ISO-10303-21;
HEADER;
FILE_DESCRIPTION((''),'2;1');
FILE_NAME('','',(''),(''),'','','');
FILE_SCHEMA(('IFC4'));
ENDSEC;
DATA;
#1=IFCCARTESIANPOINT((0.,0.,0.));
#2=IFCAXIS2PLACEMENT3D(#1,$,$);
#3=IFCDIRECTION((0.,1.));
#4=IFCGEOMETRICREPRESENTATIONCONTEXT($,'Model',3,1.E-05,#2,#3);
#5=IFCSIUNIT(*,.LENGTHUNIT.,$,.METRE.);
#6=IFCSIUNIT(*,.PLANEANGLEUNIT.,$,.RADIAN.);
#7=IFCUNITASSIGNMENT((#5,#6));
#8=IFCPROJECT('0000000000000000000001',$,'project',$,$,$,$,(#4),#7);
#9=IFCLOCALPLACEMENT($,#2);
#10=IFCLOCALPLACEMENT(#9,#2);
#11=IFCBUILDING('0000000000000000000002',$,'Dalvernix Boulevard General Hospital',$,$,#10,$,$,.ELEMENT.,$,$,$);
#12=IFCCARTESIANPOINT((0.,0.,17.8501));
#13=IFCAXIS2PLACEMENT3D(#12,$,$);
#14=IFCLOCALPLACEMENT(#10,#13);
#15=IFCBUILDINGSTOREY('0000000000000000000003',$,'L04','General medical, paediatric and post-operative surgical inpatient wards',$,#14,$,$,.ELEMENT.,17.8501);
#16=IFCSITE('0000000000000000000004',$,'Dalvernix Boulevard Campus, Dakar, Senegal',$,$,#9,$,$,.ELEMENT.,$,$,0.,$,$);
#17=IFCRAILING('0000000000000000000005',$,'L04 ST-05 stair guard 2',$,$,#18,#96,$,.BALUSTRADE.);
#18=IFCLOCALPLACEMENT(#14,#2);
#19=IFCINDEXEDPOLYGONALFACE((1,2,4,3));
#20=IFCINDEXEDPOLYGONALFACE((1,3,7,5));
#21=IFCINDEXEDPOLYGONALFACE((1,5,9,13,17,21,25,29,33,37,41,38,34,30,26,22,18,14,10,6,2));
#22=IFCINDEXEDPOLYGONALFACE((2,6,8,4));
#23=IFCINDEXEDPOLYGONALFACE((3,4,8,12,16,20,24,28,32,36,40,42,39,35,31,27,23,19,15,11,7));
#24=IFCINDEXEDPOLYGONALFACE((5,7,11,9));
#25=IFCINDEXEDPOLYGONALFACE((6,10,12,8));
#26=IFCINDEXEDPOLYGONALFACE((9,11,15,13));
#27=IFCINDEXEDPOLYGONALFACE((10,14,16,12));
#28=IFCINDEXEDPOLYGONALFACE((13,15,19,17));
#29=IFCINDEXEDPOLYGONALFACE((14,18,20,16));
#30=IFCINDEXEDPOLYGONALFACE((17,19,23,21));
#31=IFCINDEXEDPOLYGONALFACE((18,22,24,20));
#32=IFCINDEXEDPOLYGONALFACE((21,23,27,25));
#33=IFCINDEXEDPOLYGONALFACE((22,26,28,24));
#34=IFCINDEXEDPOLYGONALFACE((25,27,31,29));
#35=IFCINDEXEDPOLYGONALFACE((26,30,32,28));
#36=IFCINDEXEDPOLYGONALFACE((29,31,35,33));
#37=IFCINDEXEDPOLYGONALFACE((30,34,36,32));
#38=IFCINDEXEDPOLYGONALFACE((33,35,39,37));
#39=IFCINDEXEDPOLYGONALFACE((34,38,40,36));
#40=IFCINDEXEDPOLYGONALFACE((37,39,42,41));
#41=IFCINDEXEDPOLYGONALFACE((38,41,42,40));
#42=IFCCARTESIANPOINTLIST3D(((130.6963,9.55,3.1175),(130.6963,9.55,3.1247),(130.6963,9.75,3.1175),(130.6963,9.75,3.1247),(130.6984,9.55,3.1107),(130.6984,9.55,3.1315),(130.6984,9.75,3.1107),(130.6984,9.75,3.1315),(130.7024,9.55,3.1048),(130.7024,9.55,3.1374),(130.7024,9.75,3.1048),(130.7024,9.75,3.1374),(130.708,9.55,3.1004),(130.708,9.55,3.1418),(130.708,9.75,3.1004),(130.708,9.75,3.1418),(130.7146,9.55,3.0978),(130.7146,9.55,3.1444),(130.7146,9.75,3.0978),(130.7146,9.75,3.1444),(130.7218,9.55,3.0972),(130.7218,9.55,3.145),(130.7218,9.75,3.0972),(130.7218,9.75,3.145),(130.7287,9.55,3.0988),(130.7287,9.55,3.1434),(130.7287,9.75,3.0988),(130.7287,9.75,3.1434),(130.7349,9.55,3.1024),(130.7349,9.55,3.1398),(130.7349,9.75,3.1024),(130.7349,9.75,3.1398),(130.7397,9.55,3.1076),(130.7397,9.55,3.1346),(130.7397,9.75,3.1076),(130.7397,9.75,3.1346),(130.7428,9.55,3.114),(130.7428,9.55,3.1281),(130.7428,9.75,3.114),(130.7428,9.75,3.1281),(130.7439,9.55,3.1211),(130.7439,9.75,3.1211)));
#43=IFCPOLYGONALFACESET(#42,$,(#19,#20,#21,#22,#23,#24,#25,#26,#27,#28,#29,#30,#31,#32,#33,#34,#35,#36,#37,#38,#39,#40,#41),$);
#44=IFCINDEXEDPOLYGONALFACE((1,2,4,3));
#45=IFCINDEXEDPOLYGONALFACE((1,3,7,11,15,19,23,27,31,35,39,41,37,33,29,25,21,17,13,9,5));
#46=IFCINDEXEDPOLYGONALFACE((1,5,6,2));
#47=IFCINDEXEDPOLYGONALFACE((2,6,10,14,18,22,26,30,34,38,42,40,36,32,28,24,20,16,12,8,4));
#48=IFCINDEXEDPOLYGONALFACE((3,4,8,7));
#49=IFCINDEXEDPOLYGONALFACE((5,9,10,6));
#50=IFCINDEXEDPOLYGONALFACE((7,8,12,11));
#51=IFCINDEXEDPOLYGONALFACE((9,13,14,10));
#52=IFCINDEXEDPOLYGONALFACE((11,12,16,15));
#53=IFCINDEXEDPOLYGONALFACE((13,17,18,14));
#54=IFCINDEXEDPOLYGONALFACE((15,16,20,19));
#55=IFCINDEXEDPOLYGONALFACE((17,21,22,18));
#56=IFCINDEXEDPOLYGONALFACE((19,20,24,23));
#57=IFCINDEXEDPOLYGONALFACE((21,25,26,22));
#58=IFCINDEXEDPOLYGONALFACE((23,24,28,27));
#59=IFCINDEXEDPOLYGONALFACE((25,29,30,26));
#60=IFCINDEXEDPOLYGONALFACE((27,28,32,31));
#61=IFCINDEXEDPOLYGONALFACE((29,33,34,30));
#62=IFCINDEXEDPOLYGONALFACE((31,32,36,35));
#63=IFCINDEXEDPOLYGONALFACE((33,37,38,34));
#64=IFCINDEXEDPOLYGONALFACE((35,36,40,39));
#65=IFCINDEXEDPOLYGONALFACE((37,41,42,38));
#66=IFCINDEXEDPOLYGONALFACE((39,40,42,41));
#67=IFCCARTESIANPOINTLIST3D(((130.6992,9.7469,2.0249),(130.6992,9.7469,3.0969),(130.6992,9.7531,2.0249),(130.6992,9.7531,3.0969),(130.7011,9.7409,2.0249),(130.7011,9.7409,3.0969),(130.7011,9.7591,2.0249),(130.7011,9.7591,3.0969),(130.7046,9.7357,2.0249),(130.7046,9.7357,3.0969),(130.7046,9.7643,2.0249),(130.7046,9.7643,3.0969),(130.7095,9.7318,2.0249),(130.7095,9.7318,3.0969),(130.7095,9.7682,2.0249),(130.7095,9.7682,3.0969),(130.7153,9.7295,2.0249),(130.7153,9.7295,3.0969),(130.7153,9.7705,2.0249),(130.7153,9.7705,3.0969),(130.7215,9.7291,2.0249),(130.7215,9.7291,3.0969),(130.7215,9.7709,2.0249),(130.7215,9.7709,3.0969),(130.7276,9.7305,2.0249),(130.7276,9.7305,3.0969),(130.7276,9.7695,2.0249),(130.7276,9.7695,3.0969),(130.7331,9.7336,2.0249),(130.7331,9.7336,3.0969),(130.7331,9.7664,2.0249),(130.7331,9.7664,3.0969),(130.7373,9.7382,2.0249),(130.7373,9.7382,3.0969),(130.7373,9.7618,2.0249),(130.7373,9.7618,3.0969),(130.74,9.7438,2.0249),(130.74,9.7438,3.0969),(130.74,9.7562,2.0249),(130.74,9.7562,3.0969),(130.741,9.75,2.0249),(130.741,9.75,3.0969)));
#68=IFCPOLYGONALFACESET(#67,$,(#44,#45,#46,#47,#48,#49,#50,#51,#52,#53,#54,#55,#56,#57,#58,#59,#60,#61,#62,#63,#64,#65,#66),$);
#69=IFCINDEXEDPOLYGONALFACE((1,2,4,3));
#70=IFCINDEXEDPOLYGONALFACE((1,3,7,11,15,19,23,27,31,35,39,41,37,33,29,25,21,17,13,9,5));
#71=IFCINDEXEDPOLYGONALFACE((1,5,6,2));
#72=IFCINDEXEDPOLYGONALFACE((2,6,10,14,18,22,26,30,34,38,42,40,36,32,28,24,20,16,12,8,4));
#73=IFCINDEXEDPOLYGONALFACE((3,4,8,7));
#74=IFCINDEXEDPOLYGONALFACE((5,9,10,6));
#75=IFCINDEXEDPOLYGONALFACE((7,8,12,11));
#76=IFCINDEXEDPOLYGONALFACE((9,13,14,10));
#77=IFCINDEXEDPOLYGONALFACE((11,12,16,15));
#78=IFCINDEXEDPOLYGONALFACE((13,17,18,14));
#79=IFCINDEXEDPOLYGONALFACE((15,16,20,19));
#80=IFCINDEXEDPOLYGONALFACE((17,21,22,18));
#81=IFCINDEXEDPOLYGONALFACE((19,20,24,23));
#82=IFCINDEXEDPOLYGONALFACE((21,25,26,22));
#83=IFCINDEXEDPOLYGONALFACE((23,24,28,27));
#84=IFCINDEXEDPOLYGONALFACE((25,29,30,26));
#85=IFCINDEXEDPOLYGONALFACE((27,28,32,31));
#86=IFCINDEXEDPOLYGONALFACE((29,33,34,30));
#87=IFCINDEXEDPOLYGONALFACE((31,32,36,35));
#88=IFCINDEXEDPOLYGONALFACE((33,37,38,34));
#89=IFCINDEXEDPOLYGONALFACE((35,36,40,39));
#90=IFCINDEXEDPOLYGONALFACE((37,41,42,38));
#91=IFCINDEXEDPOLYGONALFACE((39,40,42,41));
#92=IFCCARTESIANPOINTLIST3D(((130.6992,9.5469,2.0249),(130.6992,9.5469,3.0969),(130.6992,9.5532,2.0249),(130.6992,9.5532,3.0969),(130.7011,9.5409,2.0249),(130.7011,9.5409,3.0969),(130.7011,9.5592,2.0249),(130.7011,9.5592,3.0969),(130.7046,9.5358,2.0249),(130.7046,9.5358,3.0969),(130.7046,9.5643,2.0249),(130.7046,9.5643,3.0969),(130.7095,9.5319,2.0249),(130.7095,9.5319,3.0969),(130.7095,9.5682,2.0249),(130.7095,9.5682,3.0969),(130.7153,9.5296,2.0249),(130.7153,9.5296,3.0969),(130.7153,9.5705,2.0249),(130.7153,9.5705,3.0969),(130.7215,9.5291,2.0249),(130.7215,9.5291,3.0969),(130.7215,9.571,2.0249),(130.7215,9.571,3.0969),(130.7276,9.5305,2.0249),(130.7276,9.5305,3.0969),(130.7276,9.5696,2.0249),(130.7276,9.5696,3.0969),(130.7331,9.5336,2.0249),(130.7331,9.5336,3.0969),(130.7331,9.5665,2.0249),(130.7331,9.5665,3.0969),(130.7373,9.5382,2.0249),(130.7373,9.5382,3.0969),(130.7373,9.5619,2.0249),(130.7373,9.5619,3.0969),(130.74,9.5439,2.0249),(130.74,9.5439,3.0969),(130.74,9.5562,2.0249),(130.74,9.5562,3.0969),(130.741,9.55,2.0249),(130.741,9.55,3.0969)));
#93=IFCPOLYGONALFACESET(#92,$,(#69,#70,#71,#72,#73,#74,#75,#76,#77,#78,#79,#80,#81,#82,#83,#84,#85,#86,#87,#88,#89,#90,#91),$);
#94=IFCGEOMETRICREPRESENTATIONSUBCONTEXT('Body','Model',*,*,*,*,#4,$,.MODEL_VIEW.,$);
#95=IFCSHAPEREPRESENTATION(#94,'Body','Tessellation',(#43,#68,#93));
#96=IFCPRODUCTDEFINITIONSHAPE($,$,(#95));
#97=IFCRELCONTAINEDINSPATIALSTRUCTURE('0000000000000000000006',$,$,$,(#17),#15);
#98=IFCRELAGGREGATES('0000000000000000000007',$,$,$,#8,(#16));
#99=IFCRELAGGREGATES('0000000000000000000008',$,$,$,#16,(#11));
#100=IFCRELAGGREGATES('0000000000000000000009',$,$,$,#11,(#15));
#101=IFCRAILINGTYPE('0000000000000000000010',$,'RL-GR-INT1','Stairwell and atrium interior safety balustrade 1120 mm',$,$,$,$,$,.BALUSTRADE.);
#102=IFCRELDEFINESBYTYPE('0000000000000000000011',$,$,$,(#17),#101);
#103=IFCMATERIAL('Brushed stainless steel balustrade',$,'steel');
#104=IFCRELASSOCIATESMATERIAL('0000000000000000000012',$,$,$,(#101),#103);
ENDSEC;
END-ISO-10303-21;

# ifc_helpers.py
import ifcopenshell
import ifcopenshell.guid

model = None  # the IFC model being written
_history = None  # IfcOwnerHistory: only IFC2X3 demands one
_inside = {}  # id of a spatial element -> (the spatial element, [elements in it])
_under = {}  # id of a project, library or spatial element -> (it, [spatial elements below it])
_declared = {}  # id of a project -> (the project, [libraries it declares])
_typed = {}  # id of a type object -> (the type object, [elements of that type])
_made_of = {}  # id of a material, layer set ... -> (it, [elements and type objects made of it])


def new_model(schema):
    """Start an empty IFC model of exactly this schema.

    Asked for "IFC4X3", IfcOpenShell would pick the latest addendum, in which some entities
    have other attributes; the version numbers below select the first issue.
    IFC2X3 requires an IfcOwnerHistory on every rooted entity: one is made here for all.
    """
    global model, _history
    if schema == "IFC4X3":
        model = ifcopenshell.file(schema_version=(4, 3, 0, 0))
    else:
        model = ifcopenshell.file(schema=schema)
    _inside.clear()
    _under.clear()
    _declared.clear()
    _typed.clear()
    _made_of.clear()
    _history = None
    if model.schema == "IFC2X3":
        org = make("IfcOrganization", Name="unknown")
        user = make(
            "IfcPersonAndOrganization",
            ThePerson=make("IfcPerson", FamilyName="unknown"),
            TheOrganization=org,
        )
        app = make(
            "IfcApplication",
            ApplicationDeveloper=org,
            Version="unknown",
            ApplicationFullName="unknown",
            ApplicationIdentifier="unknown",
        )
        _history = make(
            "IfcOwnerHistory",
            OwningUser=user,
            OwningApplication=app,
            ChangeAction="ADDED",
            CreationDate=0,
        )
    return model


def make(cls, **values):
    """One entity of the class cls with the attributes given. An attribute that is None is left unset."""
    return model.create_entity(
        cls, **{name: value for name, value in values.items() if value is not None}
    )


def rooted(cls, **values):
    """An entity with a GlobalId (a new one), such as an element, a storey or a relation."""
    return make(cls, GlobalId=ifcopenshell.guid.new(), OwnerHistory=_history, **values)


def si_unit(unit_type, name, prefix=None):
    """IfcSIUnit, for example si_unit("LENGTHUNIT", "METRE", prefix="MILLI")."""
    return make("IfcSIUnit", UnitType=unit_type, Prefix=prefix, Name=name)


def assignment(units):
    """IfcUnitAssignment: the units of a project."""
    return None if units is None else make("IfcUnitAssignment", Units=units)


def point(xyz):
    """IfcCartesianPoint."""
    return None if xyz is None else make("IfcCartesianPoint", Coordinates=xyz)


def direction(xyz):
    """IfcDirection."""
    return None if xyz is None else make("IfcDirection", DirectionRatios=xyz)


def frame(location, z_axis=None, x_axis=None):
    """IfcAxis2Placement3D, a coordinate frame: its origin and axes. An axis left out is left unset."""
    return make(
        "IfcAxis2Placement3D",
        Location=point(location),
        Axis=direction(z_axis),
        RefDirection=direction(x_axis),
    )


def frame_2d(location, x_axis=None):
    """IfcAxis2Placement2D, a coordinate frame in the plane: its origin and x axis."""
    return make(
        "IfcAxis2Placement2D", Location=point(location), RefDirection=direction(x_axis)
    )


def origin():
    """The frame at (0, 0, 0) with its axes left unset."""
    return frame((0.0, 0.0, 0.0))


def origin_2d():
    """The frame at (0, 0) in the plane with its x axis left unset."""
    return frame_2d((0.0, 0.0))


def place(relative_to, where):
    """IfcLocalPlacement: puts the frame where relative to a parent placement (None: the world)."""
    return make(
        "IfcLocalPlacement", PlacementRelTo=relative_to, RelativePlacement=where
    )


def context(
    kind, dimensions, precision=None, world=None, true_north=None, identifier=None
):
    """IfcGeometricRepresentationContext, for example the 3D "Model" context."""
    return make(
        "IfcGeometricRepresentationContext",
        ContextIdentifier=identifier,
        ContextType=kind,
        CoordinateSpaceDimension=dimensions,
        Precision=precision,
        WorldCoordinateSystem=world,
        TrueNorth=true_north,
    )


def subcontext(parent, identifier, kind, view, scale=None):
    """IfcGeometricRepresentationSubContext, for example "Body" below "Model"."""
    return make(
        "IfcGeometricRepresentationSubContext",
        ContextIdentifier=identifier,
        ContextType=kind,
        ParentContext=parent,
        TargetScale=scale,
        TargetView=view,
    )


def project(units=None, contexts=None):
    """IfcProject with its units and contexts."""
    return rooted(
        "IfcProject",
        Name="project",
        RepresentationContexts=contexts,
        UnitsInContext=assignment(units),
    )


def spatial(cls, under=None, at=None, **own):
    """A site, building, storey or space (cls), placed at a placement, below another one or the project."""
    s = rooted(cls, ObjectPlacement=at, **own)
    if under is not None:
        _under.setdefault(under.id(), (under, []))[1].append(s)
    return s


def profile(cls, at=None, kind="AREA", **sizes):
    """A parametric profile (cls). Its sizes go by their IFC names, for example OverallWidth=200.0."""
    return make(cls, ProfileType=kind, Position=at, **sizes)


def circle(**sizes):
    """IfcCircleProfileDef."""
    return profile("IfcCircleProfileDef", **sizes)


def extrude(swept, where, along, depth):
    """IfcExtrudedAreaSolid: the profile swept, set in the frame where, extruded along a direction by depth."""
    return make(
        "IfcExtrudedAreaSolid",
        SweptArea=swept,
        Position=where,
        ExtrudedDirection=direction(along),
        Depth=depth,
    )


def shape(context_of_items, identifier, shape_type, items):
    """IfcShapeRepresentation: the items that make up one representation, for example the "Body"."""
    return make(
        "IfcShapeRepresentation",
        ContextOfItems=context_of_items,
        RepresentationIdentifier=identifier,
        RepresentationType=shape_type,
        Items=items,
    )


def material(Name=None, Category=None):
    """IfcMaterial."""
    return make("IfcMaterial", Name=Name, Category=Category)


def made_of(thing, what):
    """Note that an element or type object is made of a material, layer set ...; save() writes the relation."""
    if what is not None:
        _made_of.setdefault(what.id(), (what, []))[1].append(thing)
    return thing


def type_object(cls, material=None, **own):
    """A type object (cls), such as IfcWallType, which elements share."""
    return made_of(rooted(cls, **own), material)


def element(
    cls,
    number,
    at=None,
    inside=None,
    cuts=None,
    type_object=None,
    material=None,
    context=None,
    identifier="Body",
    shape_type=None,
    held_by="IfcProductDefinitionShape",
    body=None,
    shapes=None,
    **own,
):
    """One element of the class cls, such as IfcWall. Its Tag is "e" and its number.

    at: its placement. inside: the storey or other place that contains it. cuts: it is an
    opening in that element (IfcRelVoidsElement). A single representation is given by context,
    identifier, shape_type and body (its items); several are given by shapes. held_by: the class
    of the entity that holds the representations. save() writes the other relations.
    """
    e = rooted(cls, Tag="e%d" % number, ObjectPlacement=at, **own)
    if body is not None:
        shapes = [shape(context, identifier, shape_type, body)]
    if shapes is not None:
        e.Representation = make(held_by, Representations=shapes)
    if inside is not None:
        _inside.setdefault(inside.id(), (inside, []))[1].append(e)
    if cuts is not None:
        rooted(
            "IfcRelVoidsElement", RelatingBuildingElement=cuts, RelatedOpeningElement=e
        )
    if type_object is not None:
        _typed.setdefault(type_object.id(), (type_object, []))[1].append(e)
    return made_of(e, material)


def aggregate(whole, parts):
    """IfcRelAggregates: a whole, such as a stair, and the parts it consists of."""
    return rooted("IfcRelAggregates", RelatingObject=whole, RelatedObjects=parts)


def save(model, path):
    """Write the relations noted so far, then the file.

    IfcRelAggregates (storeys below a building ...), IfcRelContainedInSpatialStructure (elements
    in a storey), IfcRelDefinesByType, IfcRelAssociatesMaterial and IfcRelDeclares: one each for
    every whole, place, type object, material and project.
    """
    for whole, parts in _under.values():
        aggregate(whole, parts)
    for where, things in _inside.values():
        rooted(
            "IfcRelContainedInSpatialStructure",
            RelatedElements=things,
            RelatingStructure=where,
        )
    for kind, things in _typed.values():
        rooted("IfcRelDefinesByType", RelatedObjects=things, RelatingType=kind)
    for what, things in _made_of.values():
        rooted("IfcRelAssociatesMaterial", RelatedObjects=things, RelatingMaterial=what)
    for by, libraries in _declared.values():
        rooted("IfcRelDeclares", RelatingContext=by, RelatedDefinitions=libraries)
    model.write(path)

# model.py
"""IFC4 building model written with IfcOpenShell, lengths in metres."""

from ifc_helpers import new_model, si_unit, direction, frame, origin, origin_2d, place, context, subcontext, project, spatial, circle, extrude, material, type_object, element, save


model = new_model("IFC4")

# Units and contexts
model_context = context("Model", 3, precision=1e-05, world=origin(), true_north=direction((0.0, 1.0)))
body_context = subcontext(model_context, "Body", "Model", "MODEL_VIEW")
ifc_project = project(units=[si_unit("LENGTHUNIT", "METRE"), si_unit("PLANEANGLEUNIT", "RADIAN")], contexts=[model_context])

# Site, building, storey
site_placement = place(None, origin())
site = spatial("IfcSite", under=ifc_project, at=site_placement, Name="Dalvernix Boulevard Campus, Dakar, Senegal", CompositionType="ELEMENT", RefElevation=0.0)
building_placement = place(site_placement, origin())
building = spatial("IfcBuilding", under=site, at=building_placement, Name="Dalvernix Boulevard General Hospital", CompositionType="ELEMENT")
storey_placement = place(building_placement, frame((0.0, 0.0, 17.8501)))
storey = spatial("IfcBuildingStorey", under=building, at=storey_placement, Name="L04", Description="General medical, paediatric and post-operative surgical inpatient wards", CompositionType="ELEMENT", Elevation=17.8501)

# Railing
ifc_material_1 = material(Name="Brushed stainless steel balustrade", Category="steel")
railing_type_1 = type_object("IfcRailingType", Name="RL-GR-INT1", Description="Stairwell and atrium interior safety balustrade 1120 mm", PredefinedType="BALUSTRADE", material=ifc_material_1)
railing_1_placement = place(storey_placement, frame((130.72, 9.75, 2.0249)))
element("IfcRailing", 1, at=railing_1_placement, inside=storey, type_object=railing_type_1, Name="L04 ST-05 stair guard 2", PredefinedType="BALUSTRADE", context=body_context, shape_type="SweptSolid", body=[
    extrude(circle(Radius=0.0239, at=origin_2d()), frame((0.0, 0.0, 1.0962), z_axis=(0.0, -1.0, 0.0), x_axis=(1.0, 0.0, 0.0)), (0.0, 0.0, 1.0), 0.2),
    extrude(circle(Radius=0.021, at=origin_2d()), origin(), (0.0, 0.0, 1.0), 1.072),
    extrude(circle(Radius=0.021, at=origin_2d()), frame((0.0, -0.2, 0.0)), (0.0, 0.0, 1.0), 1.072),
])

save(model, "model.ifc")
